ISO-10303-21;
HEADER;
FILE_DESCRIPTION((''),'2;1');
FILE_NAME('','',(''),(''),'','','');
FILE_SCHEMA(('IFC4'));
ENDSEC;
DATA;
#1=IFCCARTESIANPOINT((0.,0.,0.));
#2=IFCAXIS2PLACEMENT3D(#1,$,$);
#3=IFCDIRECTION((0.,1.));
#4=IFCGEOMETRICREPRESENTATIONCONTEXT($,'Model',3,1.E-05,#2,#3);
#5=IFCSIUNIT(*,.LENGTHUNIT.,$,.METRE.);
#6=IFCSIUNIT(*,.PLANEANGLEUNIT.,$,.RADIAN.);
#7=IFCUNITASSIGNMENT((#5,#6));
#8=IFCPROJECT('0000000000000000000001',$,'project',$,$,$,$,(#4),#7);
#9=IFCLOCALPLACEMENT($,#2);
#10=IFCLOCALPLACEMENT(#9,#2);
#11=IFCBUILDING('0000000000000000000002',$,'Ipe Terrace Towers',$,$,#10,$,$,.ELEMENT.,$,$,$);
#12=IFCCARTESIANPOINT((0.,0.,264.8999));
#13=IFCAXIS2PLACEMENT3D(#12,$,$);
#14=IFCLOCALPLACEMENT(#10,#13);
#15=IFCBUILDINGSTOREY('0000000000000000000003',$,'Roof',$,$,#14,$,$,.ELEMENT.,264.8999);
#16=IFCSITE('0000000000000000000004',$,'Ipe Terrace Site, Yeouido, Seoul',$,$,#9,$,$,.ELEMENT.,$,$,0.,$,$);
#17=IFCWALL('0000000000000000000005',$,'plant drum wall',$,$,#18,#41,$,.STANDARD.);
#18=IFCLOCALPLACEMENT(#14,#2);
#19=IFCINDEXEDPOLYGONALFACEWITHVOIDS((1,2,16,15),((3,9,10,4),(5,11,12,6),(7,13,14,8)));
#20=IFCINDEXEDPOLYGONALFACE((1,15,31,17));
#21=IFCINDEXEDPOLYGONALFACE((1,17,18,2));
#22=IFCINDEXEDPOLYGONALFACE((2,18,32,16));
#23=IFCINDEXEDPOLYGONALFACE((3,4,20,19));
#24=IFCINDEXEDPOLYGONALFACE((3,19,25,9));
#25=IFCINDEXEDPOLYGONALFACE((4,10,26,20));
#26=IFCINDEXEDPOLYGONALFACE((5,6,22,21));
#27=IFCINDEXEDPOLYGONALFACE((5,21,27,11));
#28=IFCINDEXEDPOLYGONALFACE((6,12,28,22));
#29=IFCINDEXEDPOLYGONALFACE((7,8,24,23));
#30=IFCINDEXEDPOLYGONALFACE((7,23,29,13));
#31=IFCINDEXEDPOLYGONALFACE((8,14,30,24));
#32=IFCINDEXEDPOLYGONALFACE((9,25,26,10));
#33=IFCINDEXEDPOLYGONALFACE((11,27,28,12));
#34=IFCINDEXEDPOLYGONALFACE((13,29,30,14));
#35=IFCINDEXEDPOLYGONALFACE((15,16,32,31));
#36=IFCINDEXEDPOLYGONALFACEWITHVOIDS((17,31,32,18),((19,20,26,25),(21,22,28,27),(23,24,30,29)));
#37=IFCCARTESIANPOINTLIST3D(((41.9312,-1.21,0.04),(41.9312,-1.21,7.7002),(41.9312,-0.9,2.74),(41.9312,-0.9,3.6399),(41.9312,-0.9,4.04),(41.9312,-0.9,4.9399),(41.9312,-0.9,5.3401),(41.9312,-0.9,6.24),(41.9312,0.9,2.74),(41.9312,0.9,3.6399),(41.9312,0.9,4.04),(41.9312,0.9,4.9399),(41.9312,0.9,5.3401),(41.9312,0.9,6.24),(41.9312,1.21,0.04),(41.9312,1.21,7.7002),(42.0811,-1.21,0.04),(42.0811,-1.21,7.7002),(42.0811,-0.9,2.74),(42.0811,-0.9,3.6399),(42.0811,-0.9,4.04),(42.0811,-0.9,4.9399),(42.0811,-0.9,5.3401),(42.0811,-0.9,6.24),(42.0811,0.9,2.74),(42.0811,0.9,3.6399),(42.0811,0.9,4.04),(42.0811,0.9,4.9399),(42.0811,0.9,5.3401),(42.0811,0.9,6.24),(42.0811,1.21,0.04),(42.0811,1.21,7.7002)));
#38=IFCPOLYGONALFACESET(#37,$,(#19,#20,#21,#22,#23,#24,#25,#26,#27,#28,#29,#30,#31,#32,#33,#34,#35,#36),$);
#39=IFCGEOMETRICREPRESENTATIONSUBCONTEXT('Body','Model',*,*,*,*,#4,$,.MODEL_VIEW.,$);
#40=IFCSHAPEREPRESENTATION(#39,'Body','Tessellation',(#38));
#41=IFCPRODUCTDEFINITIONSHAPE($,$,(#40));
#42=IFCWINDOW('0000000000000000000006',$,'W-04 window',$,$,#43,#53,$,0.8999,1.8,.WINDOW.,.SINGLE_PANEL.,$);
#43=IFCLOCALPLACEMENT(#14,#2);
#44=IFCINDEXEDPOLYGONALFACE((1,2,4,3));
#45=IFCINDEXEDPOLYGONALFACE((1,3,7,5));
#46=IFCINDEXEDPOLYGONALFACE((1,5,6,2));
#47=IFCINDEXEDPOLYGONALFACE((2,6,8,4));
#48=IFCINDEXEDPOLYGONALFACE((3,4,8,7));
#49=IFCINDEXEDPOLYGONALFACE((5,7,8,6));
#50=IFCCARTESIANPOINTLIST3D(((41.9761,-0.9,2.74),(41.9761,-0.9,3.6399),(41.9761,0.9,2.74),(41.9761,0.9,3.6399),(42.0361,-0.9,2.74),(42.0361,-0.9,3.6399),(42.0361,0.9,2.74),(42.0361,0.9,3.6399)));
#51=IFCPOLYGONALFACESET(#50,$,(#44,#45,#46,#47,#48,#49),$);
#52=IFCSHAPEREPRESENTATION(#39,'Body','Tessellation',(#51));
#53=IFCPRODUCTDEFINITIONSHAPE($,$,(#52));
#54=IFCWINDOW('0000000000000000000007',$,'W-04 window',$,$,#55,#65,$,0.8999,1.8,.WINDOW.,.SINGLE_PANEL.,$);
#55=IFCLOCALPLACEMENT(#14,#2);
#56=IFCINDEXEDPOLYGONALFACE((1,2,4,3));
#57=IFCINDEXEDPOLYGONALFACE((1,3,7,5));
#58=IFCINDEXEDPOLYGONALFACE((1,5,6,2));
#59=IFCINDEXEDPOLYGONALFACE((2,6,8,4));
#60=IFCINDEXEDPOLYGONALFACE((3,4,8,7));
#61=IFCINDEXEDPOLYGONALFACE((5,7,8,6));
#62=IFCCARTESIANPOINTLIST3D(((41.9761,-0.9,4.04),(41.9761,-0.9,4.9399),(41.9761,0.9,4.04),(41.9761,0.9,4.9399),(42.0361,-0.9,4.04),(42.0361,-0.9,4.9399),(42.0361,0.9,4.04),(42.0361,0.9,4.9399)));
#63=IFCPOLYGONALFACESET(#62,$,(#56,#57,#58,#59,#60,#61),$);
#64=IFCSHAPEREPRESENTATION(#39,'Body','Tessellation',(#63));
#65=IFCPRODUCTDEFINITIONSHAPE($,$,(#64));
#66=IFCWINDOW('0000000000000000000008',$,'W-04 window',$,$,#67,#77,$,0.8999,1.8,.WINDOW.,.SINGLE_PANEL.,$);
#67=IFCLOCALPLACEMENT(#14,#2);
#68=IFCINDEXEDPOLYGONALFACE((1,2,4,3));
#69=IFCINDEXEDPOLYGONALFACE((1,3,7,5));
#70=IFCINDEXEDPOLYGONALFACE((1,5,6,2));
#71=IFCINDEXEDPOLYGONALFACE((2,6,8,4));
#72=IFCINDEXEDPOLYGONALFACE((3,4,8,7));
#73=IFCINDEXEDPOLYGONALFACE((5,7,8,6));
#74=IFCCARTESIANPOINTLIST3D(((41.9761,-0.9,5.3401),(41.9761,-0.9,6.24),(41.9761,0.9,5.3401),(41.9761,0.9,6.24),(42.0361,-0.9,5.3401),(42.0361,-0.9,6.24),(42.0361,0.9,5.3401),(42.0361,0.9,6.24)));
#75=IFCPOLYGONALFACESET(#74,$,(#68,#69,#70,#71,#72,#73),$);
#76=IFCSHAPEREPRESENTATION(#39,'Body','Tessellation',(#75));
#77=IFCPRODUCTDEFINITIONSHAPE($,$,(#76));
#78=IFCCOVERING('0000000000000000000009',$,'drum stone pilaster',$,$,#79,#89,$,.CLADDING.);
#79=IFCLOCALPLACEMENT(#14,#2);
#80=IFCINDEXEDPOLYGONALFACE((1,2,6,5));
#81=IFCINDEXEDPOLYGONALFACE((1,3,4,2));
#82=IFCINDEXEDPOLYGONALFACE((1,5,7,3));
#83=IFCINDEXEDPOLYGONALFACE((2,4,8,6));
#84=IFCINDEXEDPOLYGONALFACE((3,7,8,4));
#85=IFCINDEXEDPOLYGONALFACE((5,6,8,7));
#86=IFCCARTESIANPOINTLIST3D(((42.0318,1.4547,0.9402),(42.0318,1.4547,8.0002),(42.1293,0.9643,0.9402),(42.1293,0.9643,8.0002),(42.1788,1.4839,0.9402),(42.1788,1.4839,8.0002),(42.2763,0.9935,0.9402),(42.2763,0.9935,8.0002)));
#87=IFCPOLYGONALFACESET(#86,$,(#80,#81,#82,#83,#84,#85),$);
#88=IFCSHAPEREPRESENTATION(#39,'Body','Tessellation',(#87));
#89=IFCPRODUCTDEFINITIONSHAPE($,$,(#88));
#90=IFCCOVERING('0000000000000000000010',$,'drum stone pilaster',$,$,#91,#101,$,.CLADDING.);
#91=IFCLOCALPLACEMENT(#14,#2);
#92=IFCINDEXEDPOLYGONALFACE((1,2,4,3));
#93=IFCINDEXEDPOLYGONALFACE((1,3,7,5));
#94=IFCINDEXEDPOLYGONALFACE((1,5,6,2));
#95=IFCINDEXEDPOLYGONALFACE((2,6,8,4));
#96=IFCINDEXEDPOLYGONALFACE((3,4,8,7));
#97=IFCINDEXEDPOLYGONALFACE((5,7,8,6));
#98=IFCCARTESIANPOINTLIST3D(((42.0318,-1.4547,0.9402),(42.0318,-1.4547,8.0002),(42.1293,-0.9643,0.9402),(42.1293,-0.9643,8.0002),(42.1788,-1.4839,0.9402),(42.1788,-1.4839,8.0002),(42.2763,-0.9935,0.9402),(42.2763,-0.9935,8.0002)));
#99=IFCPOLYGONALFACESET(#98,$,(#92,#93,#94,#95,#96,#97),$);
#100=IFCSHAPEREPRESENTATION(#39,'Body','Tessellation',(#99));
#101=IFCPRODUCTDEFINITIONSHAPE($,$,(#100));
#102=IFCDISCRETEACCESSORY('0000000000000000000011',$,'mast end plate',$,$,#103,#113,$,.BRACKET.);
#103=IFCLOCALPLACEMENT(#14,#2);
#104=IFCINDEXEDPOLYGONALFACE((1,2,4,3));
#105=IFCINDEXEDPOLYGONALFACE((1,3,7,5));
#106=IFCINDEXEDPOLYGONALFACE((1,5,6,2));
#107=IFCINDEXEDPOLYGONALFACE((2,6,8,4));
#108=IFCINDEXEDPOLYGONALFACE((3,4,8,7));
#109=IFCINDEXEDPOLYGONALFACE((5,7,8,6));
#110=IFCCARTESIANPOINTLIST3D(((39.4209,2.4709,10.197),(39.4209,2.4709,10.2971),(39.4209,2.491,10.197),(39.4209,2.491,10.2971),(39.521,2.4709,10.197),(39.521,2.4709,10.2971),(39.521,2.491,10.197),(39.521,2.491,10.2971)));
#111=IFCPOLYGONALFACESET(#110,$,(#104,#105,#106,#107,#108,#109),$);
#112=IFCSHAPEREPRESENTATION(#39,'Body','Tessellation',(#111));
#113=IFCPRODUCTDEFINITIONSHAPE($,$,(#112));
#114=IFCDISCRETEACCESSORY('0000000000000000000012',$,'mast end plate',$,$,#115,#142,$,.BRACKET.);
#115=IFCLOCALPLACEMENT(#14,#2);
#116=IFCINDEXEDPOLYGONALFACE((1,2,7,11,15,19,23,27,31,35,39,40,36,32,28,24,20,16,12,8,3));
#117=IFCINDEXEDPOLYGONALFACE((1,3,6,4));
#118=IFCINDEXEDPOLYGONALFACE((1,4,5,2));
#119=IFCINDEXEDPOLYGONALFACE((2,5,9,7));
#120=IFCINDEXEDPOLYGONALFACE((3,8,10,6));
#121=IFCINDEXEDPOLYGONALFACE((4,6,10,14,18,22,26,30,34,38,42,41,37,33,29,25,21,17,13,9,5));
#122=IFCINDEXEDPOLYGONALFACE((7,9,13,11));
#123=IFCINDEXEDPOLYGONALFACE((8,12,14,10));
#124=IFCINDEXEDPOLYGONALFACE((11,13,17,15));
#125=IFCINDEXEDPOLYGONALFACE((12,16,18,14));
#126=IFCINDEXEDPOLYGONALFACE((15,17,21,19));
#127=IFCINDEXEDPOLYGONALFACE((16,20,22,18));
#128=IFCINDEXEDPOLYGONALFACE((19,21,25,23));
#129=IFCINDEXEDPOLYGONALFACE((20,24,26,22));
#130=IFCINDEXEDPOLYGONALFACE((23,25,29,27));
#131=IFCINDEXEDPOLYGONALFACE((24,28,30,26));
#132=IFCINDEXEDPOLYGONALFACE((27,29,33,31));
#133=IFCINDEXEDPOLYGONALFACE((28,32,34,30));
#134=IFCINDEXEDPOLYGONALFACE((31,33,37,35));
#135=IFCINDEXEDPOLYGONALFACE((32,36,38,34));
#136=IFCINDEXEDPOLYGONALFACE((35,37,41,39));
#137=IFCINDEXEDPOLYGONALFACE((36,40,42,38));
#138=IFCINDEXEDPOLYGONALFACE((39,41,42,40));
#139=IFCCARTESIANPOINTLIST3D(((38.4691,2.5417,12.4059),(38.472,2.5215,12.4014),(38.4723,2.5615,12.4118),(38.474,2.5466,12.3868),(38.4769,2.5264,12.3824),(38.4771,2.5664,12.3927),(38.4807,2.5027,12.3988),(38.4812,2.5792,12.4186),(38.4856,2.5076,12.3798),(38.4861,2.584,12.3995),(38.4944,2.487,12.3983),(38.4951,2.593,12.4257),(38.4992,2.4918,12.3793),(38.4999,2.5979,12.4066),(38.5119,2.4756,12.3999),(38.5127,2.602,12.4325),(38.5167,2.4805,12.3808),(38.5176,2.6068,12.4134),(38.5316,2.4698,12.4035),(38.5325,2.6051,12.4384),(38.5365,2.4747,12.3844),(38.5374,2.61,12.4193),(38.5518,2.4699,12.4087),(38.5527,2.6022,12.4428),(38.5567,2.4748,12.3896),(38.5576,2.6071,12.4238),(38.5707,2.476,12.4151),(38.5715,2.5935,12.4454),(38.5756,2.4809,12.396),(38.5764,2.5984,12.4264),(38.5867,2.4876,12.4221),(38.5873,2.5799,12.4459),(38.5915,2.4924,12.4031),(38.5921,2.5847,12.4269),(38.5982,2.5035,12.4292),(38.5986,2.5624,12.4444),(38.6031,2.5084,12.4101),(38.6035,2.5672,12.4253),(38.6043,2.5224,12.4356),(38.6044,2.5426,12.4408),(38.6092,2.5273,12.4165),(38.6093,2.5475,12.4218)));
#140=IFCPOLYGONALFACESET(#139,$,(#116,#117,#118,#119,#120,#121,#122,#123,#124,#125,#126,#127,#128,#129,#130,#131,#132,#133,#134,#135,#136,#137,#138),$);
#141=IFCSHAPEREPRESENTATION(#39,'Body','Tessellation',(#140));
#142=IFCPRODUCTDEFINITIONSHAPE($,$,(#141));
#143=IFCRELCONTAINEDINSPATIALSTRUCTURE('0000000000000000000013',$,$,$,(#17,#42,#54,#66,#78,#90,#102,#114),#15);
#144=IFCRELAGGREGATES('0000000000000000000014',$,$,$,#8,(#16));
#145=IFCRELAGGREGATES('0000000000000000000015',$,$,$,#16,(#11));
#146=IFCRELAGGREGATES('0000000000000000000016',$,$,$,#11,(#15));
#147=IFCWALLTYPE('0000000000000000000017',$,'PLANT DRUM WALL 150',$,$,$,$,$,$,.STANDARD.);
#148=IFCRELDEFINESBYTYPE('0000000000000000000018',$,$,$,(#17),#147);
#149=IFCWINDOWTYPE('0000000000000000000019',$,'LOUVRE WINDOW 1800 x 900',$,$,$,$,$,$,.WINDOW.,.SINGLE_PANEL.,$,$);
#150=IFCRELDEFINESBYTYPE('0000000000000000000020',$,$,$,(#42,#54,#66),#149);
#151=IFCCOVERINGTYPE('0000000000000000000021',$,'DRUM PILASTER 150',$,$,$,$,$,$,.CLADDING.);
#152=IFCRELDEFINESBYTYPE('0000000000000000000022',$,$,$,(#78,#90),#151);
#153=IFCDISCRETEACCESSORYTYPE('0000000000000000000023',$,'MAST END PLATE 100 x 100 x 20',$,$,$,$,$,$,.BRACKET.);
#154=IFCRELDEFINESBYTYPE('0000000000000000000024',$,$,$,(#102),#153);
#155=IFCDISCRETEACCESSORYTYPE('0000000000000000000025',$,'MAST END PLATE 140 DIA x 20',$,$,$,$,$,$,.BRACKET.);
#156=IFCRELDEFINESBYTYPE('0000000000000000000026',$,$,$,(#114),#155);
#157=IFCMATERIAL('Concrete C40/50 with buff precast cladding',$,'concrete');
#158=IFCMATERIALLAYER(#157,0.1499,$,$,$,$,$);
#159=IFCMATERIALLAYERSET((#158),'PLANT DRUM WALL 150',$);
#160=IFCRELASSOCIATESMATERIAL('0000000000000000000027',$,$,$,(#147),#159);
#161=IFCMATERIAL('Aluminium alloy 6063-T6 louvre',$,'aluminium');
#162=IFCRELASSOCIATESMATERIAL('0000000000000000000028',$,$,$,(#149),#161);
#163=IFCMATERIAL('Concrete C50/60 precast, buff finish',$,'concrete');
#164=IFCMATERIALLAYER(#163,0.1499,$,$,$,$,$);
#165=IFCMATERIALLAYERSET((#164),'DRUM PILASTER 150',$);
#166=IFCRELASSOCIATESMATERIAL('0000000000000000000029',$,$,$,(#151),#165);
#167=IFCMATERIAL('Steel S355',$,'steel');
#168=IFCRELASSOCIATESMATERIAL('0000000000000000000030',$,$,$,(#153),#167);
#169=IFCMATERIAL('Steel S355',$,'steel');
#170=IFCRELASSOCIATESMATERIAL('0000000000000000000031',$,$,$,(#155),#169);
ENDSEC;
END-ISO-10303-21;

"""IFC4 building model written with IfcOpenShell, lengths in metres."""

from ifc_helpers import new_model, si_unit, direction, frame, frame_2d, origin, origin_2d, place, context, subcontext, project, spatial, rectangle, circle, extrude, material, layer, layer_set, material_profile, profile_set, type_object, element, fill, save


model = new_model("IFC4")

# Units and contexts
model_context = context("Model", 3, precision=1e-05, world=origin(), true_north=direction((0.0, 1.0)))
body_context = subcontext(model_context, "Body", "Model", "MODEL_VIEW")
ifc_project = project(units=[si_unit("LENGTHUNIT", "METRE"), si_unit("PLANEANGLEUNIT", "RADIAN")], contexts=[model_context])

# Site, building, storey
site_placement = place(None, origin())
site = spatial("IfcSite", under=ifc_project, at=site_placement, Name="Ipe Terrace Site, Yeouido, Seoul", CompositionType="ELEMENT", RefElevation=0.0)
building_placement = place(site_placement, origin())
building = spatial("IfcBuilding", under=site, at=building_placement, Name="Ipe Terrace Towers", CompositionType="ELEMENT")
storey_placement = place(building_placement, frame((0.0, 0.0, 264.8999)))
storey = spatial("IfcBuildingStorey", under=building, at=storey_placement, Name="Roof", CompositionType="ELEMENT", Elevation=264.8999)

# Wall, openings, windows
ifc_material_1 = material(Name="Concrete C40/50 with buff precast cladding", Category="concrete")
ifc_layer_1 = layer(ifc_material_1, 0.1499)
ifc_layer_set_1 = layer_set([ifc_layer_1], Name="PLANT DRUM WALL 150")
wall_type = type_object("IfcWallType", Name="PLANT DRUM WALL 150", PredefinedType="STANDARD", material=ifc_layer_set_1)
ifc_material_2 = material(Name="Aluminium alloy 6063-T6 louvre", Category="aluminium")
window_type = type_object("IfcWindowType", Name="LOUVRE WINDOW 1800 x 900", PartitioningType="SINGLE_PANEL", PredefinedType="WINDOW", material=ifc_material_2)
wall_1_placement = place(storey_placement, frame((42.0061, -1.21, 0.04), z_axis=(0.0, 0.0, 1.0), x_axis=(0.0, 1.0, 0.0)))
wall_1 = element("IfcWall", 1, at=wall_1_placement, inside=storey, type_object=wall_type, Name="plant drum wall", PredefinedType="STANDARD", context=body_context, shape_type="SweptSolid", body=[
    extrude(rectangle(XDim=2.4199, YDim=0.1499, at=frame_2d((1.21, 0.0))), origin(), (0.0, 0.0, 1.0), 7.6602),
])
opening_1_placement = place(wall_1_placement, frame((0.3101, 0.0, 2.7)))
opening_1 = element("IfcOpeningElement", 2, at=opening_1_placement, cuts=wall_1, PredefinedType="OPENING", context=body_context, shape_type="SweptSolid", body=[
    extrude(rectangle(XDim=1.8, YDim=0.8999, at=frame_2d((0.8999, 0.45))), frame((0.0, 0.085, 0.0), z_axis=(0.0, -1.0, 0.0), x_axis=(1.0, 0.0, 0.0)), (0.0, 0.0, 1.0), 0.1699),
])
opening_2_placement = place(wall_1_placement, frame((0.3101, 0.0, 4.0)))
opening_2 = element("IfcOpeningElement", 3, at=opening_2_placement, cuts=wall_1, PredefinedType="OPENING", context=body_context, shape_type="SweptSolid", body=[
    extrude(rectangle(XDim=1.8, YDim=0.8999, at=frame_2d((0.8999, 0.45))), frame((0.0, 0.085, 0.0), z_axis=(0.0, -1.0, 0.0), x_axis=(1.0, 0.0, 0.0)), (0.0, 0.0, 1.0), 0.1699),
])
opening_3_placement = place(wall_1_placement, frame((0.3101, 0.0, 5.3)))
opening_3 = element("IfcOpeningElement", 4, at=opening_3_placement, cuts=wall_1, PredefinedType="OPENING", context=body_context, shape_type="SweptSolid", body=[
    extrude(rectangle(XDim=1.8, YDim=0.8999, at=frame_2d((0.8999, 0.45))), frame((0.0, 0.085, 0.0), z_axis=(0.0, -1.0, 0.0), x_axis=(1.0, 0.0, 0.0)), (0.0, 0.0, 1.0), 0.1699),
])
window_1_placement = place(opening_1_placement, origin())
window_1 = element("IfcWindow", 5, at=window_1_placement, inside=storey, type_object=window_type, Name="W-04 window", OverallHeight=0.8999, OverallWidth=1.8, PartitioningType="SINGLE_PANEL", PredefinedType="WINDOW", context=body_context, shape_type="SweptSolid", body=[
    extrude(rectangle(XDim=1.8, YDim=0.8999, at=frame_2d((0.8999, 0.45))), frame((0.0, 0.03, 0.0), z_axis=(0.0, -1.0, 0.0), x_axis=(1.0, 0.0, 0.0)), (0.0, 0.0, 1.0), 0.0601),
])
fill(opening_1, window_1)
window_2_placement = place(opening_2_placement, origin())
window_2 = element("IfcWindow", 6, at=window_2_placement, inside=storey, type_object=window_type, Name="W-04 window", OverallHeight=0.8999, OverallWidth=1.8, PartitioningType="SINGLE_PANEL", PredefinedType="WINDOW", context=body_context, shape_type="SweptSolid", body=[
    extrude(rectangle(XDim=1.8, YDim=0.8999, at=frame_2d((0.8999, 0.45))), frame((0.0, 0.03, 0.0), z_axis=(0.0, -1.0, 0.0), x_axis=(1.0, 0.0, 0.0)), (0.0, 0.0, 1.0), 0.0601),
])
fill(opening_2, window_2)
window_3_placement = place(opening_3_placement, origin())
window_3 = element("IfcWindow", 7, at=window_3_placement, inside=storey, type_object=window_type, Name="W-04 window", OverallHeight=0.8999, OverallWidth=1.8, PartitioningType="SINGLE_PANEL", PredefinedType="WINDOW", context=body_context, shape_type="SweptSolid", body=[
    extrude(rectangle(XDim=1.8, YDim=0.8999, at=frame_2d((0.8999, 0.45))), frame((0.0, 0.03, 0.0), z_axis=(0.0, -1.0, 0.0), x_axis=(1.0, 0.0, 0.0)), (0.0, 0.0, 1.0), 0.0601),
])
fill(opening_3, window_3)

# Coverings
ifc_material_3 = material(Name="Concrete C50/60 precast, buff finish", Category="concrete")
ifc_layer_2 = layer(ifc_material_3, 0.1499)
ifc_layer_set_2 = layer_set([ifc_layer_2], Name="DRUM PILASTER 150")
covering_type = type_object("IfcCoveringType", Name="DRUM PILASTER 150", PredefinedType="CLADDING", material=ifc_layer_set_2)
for number, where, z_axis, x_axis, name in (
    (8, (42.1541, 1.2241, 0.9402), (0.0, 0.0, 1.0), (0.980785, 0.19509, 0.0), "drum stone pilaster"),
    (9, (42.1541, -1.2241, 0.9402), (0.0, 0.0, 1.0), (0.980785, -0.19509, 0.0), "drum stone pilaster"),
):
    element("IfcCovering", number, at=place(storey_placement, frame(where, z_axis=z_axis, x_axis=x_axis)), inside=storey, type_object=covering_type, Name=name, PredefinedType="CLADDING", context=body_context, shape_type="SweptSolid", body=[
        extrude(rectangle(XDim=0.1499, YDim=0.5, at=origin_2d()), origin(), (0.0, 0.0, 1.0), 7.0601),
    ])

# Discrete accessories
ifc_material_4 = material(Name="Steel S355", Category="steel")
ifc_material_profile_1 = material_profile(ifc_material_4, rectangle(XDim=0.1001, YDim=0.1001, at=origin_2d()), Name="MAST END PLATE 100 x 100 x 20")
ifc_profile_set_1 = profile_set([ifc_material_profile_1], Name="Steel S355")
discrete_accessory_type_1 = type_object("IfcDiscreteAccessoryType", Name="MAST END PLATE 100 x 100 x 20", PredefinedType="BRACKET", material=ifc_profile_set_1)
discrete_accessory_1_placement = place(storey_placement, frame((39.4709, 2.4709, 10.2471), z_axis=(0.0, 1.0, 0.0), x_axis=(-1.0, 0.0, 0.0)))
element("IfcDiscreteAccessory", 10, at=discrete_accessory_1_placement, inside=storey, type_object=discrete_accessory_type_1, Name="mast end plate", PredefinedType="BRACKET", context=body_context, shape_type="SweptSolid", body=[
    extrude(rectangle(XDim=0.1001, YDim=0.1001, at=origin_2d()), origin(), (0.0, 0.0, 1.0), 0.02),
])
ifc_material_5 = material(Name="Steel S355", Category="steel")
ifc_material_profile_2 = material_profile(ifc_material_5, circle(Radius=0.0701, at=origin_2d()), Name="MAST END PLATE 140 DIA x 20")
ifc_profile_set_2 = profile_set([ifc_material_profile_2], Name="Steel S355")
discrete_accessory_type_2 = type_object("IfcDiscreteAccessoryType", Name="MAST END PLATE 140 DIA x 20", PredefinedType="BRACKET", material=ifc_profile_set_2)
discrete_accessory_2_placement = place(storey_placement, frame((38.542, 2.542, 12.4031), z_axis=(-0.241051, -0.241051, 0.9401), x_axis=(0.707107, -0.707107, 0.0)))
element("IfcDiscreteAccessory", 11, at=discrete_accessory_2_placement, inside=storey, type_object=discrete_accessory_type_2, Name="mast end plate", PredefinedType="BRACKET", context=body_context, shape_type="SweptSolid", body=[
    extrude(circle(Radius=0.0701, at=origin_2d()), origin(), (0.0, 0.0, 1.0), 0.0203),
])

save(model, "model.ifc")
